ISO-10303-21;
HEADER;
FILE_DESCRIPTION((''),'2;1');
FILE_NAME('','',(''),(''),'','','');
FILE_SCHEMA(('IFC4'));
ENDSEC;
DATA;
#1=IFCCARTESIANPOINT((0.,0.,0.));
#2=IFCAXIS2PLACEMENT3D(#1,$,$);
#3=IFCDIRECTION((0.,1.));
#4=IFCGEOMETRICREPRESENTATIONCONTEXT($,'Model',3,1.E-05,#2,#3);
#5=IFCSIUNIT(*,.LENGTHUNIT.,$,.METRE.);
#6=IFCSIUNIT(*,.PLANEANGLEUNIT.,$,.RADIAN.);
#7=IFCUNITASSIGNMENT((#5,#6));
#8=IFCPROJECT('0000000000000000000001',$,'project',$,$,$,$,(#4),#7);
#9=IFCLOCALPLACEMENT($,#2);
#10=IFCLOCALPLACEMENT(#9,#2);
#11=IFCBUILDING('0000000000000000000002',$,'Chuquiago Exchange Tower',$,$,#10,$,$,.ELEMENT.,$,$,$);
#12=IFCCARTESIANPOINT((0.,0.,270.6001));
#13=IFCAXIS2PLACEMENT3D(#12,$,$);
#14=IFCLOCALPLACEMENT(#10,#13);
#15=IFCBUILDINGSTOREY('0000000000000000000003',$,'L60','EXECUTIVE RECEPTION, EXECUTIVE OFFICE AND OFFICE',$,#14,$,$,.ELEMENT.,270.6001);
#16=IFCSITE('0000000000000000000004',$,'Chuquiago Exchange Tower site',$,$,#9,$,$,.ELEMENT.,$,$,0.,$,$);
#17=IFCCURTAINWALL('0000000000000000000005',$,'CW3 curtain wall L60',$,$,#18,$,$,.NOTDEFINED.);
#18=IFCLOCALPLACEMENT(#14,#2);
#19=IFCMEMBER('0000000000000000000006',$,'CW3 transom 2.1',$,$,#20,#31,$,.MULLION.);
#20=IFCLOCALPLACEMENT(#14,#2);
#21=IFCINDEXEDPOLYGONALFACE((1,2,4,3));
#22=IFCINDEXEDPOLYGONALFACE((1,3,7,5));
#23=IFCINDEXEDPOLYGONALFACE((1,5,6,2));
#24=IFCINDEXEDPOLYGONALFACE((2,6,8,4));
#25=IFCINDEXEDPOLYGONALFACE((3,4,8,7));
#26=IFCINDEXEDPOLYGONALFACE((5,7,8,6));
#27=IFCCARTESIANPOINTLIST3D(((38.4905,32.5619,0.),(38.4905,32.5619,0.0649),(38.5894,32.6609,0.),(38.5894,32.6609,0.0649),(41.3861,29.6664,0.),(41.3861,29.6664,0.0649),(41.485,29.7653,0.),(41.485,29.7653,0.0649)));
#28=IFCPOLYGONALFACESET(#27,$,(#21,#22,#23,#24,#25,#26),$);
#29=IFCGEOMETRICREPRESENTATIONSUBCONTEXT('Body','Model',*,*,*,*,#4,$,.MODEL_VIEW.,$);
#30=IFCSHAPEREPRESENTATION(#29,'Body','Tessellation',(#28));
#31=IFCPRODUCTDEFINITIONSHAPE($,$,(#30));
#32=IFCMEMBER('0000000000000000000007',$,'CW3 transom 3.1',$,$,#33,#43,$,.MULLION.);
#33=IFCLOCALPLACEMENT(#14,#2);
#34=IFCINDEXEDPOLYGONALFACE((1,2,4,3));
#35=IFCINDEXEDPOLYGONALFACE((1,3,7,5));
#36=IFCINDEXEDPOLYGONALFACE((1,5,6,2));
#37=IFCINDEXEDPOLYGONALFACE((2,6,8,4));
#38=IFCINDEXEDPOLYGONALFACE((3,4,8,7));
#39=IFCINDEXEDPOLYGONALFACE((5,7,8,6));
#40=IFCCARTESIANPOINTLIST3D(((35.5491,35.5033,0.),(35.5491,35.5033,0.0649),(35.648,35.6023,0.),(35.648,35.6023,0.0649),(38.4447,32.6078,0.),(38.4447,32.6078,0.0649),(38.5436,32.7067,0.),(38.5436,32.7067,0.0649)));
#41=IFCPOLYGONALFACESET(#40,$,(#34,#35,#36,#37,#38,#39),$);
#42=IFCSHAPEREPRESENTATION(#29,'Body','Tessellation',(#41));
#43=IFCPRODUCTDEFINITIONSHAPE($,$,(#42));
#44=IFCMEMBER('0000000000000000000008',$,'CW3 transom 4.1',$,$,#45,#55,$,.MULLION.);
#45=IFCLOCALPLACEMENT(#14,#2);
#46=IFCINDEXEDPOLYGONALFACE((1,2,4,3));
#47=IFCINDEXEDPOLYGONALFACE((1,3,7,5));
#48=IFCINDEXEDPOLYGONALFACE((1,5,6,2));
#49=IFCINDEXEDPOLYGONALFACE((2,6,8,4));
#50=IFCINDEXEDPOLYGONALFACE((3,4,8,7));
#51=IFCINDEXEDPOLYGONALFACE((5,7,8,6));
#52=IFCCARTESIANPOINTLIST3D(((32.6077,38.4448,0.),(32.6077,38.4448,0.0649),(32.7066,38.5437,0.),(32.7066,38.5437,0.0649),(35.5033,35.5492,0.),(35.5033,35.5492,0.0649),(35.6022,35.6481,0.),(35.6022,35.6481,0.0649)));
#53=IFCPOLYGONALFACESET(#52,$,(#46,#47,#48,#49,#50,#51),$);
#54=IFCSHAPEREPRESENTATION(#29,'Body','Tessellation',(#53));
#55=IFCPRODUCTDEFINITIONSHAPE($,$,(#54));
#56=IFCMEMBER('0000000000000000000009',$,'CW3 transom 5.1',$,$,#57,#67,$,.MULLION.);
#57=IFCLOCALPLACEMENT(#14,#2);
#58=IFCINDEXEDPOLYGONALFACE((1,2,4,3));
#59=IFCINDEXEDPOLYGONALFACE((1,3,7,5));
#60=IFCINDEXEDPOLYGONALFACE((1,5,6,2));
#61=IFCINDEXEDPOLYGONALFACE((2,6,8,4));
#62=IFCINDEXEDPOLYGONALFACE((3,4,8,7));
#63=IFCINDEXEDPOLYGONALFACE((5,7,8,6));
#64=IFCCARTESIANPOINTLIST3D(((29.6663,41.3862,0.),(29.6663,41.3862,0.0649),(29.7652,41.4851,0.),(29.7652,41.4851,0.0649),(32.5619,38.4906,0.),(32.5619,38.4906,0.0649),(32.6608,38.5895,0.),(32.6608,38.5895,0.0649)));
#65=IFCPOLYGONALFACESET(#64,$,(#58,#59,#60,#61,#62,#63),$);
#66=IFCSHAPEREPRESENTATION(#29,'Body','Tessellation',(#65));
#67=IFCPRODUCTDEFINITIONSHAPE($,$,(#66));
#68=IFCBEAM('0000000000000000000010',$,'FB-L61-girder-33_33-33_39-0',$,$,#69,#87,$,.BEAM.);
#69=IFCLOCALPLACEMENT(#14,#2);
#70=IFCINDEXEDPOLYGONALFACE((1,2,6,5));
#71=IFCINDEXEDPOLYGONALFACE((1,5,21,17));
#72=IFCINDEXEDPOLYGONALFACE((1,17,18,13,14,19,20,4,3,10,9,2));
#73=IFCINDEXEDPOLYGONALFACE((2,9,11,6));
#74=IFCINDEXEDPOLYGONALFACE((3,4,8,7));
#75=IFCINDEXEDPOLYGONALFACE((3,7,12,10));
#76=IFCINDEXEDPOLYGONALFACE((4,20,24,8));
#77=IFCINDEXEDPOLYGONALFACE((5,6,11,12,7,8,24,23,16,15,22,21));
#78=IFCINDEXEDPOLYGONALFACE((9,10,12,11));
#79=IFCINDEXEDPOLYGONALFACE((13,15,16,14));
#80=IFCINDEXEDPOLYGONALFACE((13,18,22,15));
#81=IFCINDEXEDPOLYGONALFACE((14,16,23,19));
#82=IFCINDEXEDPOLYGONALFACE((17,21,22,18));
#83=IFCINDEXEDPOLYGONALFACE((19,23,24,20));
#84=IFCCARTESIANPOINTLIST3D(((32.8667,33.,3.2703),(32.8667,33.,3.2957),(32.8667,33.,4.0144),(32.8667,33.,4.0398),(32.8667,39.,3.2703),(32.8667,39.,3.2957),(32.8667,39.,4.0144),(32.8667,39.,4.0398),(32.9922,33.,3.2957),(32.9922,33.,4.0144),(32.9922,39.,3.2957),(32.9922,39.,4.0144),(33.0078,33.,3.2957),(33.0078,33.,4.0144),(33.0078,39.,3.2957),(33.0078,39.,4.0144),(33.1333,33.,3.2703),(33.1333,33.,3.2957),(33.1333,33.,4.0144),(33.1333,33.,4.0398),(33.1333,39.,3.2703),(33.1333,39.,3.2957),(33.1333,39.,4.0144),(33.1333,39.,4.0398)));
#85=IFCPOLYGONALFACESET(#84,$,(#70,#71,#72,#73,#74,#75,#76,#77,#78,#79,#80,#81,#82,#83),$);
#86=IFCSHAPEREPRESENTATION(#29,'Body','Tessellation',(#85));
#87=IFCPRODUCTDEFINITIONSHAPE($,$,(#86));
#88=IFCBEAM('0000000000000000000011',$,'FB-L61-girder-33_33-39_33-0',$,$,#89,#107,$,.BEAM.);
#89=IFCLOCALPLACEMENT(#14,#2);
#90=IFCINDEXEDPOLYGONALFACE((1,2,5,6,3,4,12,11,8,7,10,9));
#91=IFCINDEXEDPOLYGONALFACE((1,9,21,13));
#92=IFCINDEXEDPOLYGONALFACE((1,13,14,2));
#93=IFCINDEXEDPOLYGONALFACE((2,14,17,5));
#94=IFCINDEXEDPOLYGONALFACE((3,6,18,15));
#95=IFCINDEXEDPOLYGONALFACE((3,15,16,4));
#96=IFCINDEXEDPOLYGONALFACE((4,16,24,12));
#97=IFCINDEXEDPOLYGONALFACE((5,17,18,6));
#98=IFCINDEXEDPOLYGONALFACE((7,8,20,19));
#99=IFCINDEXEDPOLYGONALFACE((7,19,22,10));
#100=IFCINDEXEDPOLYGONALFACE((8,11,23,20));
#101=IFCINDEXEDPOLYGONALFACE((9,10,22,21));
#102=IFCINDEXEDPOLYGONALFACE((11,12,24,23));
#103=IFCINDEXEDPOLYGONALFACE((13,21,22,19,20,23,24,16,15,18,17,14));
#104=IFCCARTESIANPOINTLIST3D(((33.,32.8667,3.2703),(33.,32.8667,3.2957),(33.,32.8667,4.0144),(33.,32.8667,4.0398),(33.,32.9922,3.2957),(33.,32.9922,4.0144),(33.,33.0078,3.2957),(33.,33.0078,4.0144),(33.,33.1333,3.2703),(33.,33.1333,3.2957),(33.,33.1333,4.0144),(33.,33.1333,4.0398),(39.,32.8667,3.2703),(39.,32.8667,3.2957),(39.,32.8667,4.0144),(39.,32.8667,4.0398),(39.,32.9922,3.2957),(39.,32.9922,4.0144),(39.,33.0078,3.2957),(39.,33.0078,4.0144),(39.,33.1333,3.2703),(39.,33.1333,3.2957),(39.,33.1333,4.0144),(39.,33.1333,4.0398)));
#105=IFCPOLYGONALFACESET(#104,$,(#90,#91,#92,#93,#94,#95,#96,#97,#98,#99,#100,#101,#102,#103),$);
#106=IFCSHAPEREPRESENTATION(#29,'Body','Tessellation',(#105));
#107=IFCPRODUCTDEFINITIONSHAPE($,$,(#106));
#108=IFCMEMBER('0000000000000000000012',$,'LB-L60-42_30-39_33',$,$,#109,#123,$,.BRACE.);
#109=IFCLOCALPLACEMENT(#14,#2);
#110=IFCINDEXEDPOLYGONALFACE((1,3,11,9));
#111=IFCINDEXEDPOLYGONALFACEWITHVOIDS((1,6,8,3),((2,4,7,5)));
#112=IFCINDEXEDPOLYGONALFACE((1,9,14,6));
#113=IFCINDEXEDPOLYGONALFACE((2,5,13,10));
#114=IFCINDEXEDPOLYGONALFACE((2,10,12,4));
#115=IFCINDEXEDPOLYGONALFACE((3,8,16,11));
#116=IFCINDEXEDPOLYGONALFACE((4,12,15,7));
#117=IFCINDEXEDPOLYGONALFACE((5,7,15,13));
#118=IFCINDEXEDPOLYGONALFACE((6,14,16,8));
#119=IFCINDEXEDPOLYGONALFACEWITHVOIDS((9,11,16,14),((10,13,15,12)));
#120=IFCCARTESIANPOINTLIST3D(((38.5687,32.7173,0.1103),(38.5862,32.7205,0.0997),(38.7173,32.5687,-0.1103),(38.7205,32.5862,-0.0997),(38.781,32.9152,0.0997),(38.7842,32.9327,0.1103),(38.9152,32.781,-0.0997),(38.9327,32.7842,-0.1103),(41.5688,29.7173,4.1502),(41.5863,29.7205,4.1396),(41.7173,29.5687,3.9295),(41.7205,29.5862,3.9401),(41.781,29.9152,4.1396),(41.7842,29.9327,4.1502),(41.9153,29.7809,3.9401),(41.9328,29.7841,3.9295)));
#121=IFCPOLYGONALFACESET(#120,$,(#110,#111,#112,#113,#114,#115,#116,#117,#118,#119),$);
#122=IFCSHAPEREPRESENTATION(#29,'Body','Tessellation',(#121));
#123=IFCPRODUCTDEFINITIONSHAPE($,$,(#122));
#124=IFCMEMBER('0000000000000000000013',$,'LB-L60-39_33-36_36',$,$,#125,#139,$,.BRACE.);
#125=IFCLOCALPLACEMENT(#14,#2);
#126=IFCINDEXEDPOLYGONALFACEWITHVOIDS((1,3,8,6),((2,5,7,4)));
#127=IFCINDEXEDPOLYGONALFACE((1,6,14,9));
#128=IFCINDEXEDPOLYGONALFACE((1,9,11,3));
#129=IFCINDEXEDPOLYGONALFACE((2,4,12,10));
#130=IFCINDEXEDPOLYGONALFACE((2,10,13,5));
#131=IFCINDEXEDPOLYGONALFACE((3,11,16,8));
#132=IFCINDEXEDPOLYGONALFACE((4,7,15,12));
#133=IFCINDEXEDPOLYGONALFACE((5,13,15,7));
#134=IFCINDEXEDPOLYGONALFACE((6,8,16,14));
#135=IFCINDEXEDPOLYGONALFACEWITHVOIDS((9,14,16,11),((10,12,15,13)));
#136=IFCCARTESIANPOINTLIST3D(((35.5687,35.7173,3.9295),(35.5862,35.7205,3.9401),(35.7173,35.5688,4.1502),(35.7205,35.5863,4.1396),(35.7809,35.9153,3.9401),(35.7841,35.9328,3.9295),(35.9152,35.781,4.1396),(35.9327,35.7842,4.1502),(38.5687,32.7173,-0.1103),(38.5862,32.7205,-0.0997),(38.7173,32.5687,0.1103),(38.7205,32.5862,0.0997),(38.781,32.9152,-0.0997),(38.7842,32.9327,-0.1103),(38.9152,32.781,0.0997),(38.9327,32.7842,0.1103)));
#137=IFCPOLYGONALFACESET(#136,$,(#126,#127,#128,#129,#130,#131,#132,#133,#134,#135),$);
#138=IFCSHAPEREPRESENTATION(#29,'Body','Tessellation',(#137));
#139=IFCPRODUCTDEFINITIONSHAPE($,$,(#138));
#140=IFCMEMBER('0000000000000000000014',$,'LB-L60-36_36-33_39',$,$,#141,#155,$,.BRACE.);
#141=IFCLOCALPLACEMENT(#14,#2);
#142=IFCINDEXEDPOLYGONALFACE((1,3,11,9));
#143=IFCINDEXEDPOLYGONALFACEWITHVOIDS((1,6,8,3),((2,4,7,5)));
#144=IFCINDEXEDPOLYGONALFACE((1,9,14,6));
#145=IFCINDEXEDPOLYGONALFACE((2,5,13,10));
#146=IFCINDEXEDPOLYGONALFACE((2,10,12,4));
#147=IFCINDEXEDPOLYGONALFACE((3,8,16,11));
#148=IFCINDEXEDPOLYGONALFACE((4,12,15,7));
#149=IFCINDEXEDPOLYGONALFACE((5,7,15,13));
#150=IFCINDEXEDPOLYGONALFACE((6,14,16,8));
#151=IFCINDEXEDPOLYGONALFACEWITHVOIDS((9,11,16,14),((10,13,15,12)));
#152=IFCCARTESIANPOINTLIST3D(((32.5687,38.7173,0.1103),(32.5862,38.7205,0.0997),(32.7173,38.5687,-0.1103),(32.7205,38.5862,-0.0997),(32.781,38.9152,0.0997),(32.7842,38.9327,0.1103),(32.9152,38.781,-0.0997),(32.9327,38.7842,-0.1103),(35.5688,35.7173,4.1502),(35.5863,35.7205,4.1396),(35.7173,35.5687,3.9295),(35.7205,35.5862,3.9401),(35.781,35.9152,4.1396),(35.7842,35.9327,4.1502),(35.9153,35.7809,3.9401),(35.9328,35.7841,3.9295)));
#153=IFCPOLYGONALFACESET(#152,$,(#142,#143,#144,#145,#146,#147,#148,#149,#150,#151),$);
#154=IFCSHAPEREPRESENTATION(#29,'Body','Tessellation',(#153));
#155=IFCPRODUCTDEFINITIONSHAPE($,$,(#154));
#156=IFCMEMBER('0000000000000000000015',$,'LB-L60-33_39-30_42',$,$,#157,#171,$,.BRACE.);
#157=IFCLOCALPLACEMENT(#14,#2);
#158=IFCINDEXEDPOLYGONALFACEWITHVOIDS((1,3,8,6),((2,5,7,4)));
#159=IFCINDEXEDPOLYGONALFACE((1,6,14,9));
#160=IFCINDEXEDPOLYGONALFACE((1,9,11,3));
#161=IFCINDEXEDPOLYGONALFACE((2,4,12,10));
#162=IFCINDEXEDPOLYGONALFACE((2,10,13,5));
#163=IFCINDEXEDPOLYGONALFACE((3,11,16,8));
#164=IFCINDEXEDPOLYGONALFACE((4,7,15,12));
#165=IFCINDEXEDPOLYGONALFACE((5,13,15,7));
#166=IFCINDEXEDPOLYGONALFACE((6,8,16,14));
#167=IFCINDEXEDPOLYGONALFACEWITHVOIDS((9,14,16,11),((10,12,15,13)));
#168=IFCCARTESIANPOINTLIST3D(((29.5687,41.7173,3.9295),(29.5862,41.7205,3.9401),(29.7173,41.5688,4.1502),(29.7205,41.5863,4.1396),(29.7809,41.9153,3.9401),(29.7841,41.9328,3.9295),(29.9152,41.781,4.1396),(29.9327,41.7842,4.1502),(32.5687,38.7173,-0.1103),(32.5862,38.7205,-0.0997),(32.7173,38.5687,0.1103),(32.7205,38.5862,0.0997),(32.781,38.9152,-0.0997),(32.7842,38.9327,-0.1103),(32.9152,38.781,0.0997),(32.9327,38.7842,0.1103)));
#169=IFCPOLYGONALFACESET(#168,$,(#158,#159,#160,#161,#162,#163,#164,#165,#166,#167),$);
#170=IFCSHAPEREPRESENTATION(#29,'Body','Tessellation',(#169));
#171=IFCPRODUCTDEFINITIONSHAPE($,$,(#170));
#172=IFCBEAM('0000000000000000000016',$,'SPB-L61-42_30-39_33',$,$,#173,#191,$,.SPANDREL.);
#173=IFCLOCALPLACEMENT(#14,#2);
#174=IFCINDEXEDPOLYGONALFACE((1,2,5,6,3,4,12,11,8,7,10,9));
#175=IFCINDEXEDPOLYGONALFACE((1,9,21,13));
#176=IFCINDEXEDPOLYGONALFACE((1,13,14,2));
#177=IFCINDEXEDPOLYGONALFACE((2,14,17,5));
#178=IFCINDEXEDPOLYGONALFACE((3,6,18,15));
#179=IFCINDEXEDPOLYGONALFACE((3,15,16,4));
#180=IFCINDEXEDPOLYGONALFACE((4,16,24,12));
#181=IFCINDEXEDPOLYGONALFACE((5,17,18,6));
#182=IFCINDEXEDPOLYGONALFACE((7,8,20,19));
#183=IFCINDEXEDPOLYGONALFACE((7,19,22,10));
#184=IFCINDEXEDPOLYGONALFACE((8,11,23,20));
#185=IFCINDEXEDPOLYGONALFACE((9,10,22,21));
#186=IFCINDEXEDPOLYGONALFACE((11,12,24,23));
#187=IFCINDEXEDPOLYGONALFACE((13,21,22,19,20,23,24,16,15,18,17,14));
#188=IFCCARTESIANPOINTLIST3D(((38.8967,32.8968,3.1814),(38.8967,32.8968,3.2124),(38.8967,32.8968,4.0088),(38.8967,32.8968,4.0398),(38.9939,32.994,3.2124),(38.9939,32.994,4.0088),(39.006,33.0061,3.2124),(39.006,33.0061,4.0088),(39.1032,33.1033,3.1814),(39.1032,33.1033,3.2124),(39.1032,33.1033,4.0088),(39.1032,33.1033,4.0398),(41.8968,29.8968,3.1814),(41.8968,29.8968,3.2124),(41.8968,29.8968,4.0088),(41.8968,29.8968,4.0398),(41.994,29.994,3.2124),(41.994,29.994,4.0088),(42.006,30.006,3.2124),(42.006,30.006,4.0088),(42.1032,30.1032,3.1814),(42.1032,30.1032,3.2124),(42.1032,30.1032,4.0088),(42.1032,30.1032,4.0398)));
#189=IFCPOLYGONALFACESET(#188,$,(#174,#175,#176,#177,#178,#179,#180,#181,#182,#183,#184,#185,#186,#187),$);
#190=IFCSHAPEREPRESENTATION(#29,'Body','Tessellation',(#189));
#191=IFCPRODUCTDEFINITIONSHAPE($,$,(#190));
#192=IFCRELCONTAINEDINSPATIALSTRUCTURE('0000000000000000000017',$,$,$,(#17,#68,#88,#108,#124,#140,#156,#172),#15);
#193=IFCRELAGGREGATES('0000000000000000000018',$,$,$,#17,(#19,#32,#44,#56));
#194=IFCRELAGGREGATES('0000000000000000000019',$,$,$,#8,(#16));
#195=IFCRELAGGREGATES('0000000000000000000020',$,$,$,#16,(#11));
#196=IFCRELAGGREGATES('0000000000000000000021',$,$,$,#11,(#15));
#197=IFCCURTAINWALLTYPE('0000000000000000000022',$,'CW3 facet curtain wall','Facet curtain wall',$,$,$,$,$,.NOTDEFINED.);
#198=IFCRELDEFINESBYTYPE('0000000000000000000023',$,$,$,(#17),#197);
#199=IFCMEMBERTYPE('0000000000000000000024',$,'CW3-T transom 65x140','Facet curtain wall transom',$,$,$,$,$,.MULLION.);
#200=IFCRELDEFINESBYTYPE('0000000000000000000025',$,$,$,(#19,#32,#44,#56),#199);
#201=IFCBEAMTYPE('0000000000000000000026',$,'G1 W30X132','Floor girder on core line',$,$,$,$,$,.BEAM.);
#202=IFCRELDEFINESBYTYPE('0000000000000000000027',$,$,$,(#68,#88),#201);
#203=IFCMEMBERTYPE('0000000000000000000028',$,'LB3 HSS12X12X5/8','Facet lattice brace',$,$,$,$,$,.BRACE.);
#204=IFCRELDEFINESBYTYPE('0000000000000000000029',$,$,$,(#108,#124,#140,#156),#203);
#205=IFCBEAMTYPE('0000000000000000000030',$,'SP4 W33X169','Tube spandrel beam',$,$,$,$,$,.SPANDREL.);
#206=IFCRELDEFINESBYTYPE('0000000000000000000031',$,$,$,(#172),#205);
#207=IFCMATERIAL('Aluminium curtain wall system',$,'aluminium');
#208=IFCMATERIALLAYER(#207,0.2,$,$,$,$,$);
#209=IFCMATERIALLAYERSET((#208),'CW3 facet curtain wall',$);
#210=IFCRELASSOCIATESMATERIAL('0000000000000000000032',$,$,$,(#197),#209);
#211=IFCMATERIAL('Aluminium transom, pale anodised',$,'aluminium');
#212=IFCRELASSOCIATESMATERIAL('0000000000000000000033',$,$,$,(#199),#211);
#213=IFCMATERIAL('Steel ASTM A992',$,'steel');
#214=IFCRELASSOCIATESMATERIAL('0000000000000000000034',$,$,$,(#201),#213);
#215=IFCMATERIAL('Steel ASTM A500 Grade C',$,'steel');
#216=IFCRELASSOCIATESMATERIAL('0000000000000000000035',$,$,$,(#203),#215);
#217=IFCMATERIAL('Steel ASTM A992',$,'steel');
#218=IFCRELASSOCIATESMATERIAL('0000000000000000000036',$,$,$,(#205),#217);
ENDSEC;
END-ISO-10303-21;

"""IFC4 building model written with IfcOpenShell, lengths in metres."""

from ifc_helpers import new_model, si_unit, direction, frame, origin, origin_2d, place, context, subcontext, project, spatial, rectangle, hollow_rectangle, i_section, extrude, material, layer, layer_set, material_profile, profile_set, type_object, element, aggregate, save


model = new_model("IFC4")

# Units and contexts
model_context = context("Model", 3, precision=1e-05, world=origin(), true_north=direction((0.0, 1.0)))
body_context = subcontext(model_context, "Body", "Model", "MODEL_VIEW")
ifc_project = project(units=[si_unit("LENGTHUNIT", "METRE"), si_unit("PLANEANGLEUNIT", "RADIAN")], contexts=[model_context])

# Site, building, storey
site_placement = place(None, origin())
site = spatial("IfcSite", under=ifc_project, at=site_placement, Name="Chuquiago Exchange Tower site", CompositionType="ELEMENT", RefElevation=0.0)
building_placement = place(site_placement, origin())
building = spatial("IfcBuilding", under=site, at=building_placement, Name="Chuquiago Exchange Tower", CompositionType="ELEMENT")
storey_placement = place(building_placement, frame((0.0, 0.0, 270.6001)))
storey = spatial("IfcBuildingStorey", under=building, at=storey_placement, Name="L60", Description="EXECUTIVE RECEPTION, EXECUTIVE OFFICE AND OFFICE", CompositionType="ELEMENT", Elevation=270.6001)

# Curtain wall, members
ifc_material_1 = material(Name="Aluminium curtain wall system", Category="aluminium")
ifc_layer_1 = layer(ifc_material_1, 0.2)
ifc_layer_set_1 = layer_set([ifc_layer_1], Name="CW3 facet curtain wall")
curtain_wall_type = type_object("IfcCurtainWallType", Name="CW3 facet curtain wall", Description="Facet curtain wall", PredefinedType="NOTDEFINED", material=ifc_layer_set_1)
curtain_wall_placement = place(storey_placement, origin())
curtain_wall = element("IfcCurtainWall", 1, at=curtain_wall_placement, inside=storey, type_object=curtain_wall_type, Name="CW3 curtain wall L60", PredefinedType="NOTDEFINED")
ifc_material_2 = material(Name="Aluminium transom, pale anodised", Category="aluminium")
ifc_material_profile_1 = material_profile(ifc_material_2, rectangle(XDim=0.1399, YDim=0.0649, at=origin_2d()), Name="AL 140x65")
ifc_profile_set_1 = profile_set([ifc_material_profile_1], Name="Aluminium transom, pale anodised")
member_type_1 = type_object("IfcMemberType", Name="CW3-T transom 65x140", Description="Facet curtain wall transom", PredefinedType="MULLION", material=ifc_profile_set_1)
member_1_placement = place(storey_placement, frame((41.4355, 29.7158, 0.0325), z_axis=(-0.707107, 0.707107, 0.0), x_axis=(-0.707107, -0.707107, 0.0)))
member_1 = element("IfcMember", 2, at=member_1_placement, type_object=member_type_1, Name="CW3 transom 2.1", PredefinedType="MULLION", context=body_context, shape_type="SweptSolid", body=[
    extrude(rectangle(XDim=0.1399, YDim=0.0649, at=origin_2d()), origin(), (0.0, 0.0, 1.0), 4.095),
])
member_2_placement = place(storey_placement, frame((38.4941, 32.6572, 0.0325), z_axis=(-0.707107, 0.707107, 0.0), x_axis=(-0.707107, -0.707107, 0.0)))
member_2 = element("IfcMember", 3, at=member_2_placement, type_object=member_type_1, Name="CW3 transom 3.1", PredefinedType="MULLION", context=body_context, shape_type="SweptSolid", body=[
    extrude(rectangle(XDim=0.1399, YDim=0.0649, at=origin_2d()), origin(), (0.0, 0.0, 1.0), 4.095),
])
member_3_placement = place(storey_placement, frame((35.5527, 35.5986, 0.0325), z_axis=(-0.707107, 0.707107, 0.0), x_axis=(-0.707107, -0.707107, 0.0)))
member_3 = element("IfcMember", 4, at=member_3_placement, type_object=member_type_1, Name="CW3 transom 4.1", PredefinedType="MULLION", context=body_context, shape_type="SweptSolid", body=[
    extrude(rectangle(XDim=0.1399, YDim=0.0649, at=origin_2d()), origin(), (0.0, 0.0, 1.0), 4.095),
])
member_4_placement = place(storey_placement, frame((32.6113, 38.54, 0.0325), z_axis=(-0.707107, 0.707107, 0.0), x_axis=(-0.707107, -0.707107, 0.0)))
member_4 = element("IfcMember", 5, at=member_4_placement, type_object=member_type_1, Name="CW3 transom 5.1", PredefinedType="MULLION", context=body_context, shape_type="SweptSolid", body=[
    extrude(rectangle(XDim=0.1399, YDim=0.0649, at=origin_2d()), origin(), (0.0, 0.0, 1.0), 4.095),
])

# Beams
ifc_material_3 = material(Name="Steel ASTM A992", Category="steel")
ifc_material_profile_2 = material_profile(ifc_material_3, i_section(OverallWidth=0.2666, OverallDepth=0.7695, WebThickness=0.0156, FlangeThickness=0.0254, at=origin_2d()), Name="W30X132")
ifc_profile_set_2 = profile_set([ifc_material_profile_2], Name="Steel ASTM A992")
beam_type_1 = type_object("IfcBeamType", Name="G1 W30X132", Description="Floor girder on core line", PredefinedType="BEAM", material=ifc_profile_set_2)
for number, where, z_axis, x_axis, name in (
    (6, (33.0, 33.0, 3.655), (0.0, 1.0, 0.0), (-1.0, 0.0, 0.0), "FB-L61-girder-33_33-33_39-0"),
    (7, (33.0, 33.0, 3.655), (1.0, 0.0, 0.0), (0.0, 1.0, 0.0), "FB-L61-girder-33_33-39_33-0"),
):
    element("IfcBeam", number, at=place(storey_placement, frame(where, z_axis=z_axis, x_axis=x_axis)), inside=storey, type_object=beam_type_1, Name=name, PredefinedType="BEAM", context=body_context, shape_type="SweptSolid", body=[
        extrude(i_section(OverallWidth=0.2666, OverallDepth=0.7695, WebThickness=0.0156, FlangeThickness=0.0254, at=origin_2d()), origin(), (0.0, 0.0, 1.0), 6.0),
    ])

# Members
ifc_material_4 = material(Name="Steel ASTM A500 Grade C", Category="steel")
ifc_material_profile_3 = material_profile(ifc_material_4, hollow_rectangle(XDim=0.3047, YDim=0.3047, WallThickness=0.0146, at=origin_2d()), Name="HSS12X12X5/8")
ifc_profile_set_3 = profile_set([ifc_material_profile_3], Name="Steel ASTM A500 Grade C")
member_type_2 = type_object("IfcMemberType", Name="LB3 HSS12X12X5/8", Description="Facet lattice brace", PredefinedType="BRACE", material=ifc_profile_set_3)
for number, where, z_axis, x_axis, name in (
    (8, (38.7507, 32.7507, 0.0), (0.512092, -0.512092, 0.689582), (0.707107, 0.707107, 0.0), "LB-L60-42_30-39_33"),
    (9, (38.7507, 32.7507, 0.0), (-0.512092, 0.512092, 0.689582), (-0.707107, -0.707107, 0.0), "LB-L60-39_33-36_36"),
    (10, (32.7507, 38.7507, 0.0), (0.512092, -0.512092, 0.689582), (0.707107, 0.707107, 0.0), "LB-L60-36_36-33_39"),
    (11, (32.7507, 38.7507, 0.0), (-0.512092, 0.512092, 0.689582), (-0.707107, -0.707107, 0.0), "LB-L60-33_39-30_42"),
):
    element("IfcMember", number, at=place(storey_placement, frame(where, z_axis=z_axis, x_axis=x_axis)), inside=storey, type_object=member_type_2, Name=name, PredefinedType="BRACE", context=body_context, shape_type="SweptSolid", body=[
        extrude(hollow_rectangle(XDim=0.3047, YDim=0.3047, WallThickness=0.0146, at=origin_2d()), origin(), (0.0, 0.0, 1.0), 5.8584),
    ])

# Beam
ifc_material_5 = material(Name="Steel ASTM A992", Category="steel")
ifc_material_profile_4 = material_profile(ifc_material_5, i_section(OverallWidth=0.292, OverallDepth=0.8584, WebThickness=0.0171, FlangeThickness=0.031, at=origin_2d()), Name="W33X169")
ifc_profile_set_4 = profile_set([ifc_material_profile_4], Name="Steel ASTM A992")
beam_type_2 = type_object("IfcBeamType", Name="SP4 W33X169", Description="Tube spandrel beam", PredefinedType="SPANDREL", material=ifc_profile_set_4)
for number, where, z_axis, x_axis, name in (
    (12, (42.0, 30.0, 3.6106), (-0.707107, 0.707107, 0.0), (-0.707107, -0.707107, 0.0), "SPB-L61-42_30-39_33"),
):
    element("IfcBeam", number, at=place(storey_placement, frame(where, z_axis=z_axis, x_axis=x_axis)), inside=storey, type_object=beam_type_2, Name=name, PredefinedType="SPANDREL", context=body_context, shape_type="SweptSolid", body=[
        extrude(i_section(OverallWidth=0.292, OverallDepth=0.8584, WebThickness=0.0171, FlangeThickness=0.031, at=origin_2d()), origin(), (0.0, 0.0, 1.0), 4.2427),
    ])

aggregate(curtain_wall, [member_1, member_2, member_3, member_4])

save(model, "model.ifc")
